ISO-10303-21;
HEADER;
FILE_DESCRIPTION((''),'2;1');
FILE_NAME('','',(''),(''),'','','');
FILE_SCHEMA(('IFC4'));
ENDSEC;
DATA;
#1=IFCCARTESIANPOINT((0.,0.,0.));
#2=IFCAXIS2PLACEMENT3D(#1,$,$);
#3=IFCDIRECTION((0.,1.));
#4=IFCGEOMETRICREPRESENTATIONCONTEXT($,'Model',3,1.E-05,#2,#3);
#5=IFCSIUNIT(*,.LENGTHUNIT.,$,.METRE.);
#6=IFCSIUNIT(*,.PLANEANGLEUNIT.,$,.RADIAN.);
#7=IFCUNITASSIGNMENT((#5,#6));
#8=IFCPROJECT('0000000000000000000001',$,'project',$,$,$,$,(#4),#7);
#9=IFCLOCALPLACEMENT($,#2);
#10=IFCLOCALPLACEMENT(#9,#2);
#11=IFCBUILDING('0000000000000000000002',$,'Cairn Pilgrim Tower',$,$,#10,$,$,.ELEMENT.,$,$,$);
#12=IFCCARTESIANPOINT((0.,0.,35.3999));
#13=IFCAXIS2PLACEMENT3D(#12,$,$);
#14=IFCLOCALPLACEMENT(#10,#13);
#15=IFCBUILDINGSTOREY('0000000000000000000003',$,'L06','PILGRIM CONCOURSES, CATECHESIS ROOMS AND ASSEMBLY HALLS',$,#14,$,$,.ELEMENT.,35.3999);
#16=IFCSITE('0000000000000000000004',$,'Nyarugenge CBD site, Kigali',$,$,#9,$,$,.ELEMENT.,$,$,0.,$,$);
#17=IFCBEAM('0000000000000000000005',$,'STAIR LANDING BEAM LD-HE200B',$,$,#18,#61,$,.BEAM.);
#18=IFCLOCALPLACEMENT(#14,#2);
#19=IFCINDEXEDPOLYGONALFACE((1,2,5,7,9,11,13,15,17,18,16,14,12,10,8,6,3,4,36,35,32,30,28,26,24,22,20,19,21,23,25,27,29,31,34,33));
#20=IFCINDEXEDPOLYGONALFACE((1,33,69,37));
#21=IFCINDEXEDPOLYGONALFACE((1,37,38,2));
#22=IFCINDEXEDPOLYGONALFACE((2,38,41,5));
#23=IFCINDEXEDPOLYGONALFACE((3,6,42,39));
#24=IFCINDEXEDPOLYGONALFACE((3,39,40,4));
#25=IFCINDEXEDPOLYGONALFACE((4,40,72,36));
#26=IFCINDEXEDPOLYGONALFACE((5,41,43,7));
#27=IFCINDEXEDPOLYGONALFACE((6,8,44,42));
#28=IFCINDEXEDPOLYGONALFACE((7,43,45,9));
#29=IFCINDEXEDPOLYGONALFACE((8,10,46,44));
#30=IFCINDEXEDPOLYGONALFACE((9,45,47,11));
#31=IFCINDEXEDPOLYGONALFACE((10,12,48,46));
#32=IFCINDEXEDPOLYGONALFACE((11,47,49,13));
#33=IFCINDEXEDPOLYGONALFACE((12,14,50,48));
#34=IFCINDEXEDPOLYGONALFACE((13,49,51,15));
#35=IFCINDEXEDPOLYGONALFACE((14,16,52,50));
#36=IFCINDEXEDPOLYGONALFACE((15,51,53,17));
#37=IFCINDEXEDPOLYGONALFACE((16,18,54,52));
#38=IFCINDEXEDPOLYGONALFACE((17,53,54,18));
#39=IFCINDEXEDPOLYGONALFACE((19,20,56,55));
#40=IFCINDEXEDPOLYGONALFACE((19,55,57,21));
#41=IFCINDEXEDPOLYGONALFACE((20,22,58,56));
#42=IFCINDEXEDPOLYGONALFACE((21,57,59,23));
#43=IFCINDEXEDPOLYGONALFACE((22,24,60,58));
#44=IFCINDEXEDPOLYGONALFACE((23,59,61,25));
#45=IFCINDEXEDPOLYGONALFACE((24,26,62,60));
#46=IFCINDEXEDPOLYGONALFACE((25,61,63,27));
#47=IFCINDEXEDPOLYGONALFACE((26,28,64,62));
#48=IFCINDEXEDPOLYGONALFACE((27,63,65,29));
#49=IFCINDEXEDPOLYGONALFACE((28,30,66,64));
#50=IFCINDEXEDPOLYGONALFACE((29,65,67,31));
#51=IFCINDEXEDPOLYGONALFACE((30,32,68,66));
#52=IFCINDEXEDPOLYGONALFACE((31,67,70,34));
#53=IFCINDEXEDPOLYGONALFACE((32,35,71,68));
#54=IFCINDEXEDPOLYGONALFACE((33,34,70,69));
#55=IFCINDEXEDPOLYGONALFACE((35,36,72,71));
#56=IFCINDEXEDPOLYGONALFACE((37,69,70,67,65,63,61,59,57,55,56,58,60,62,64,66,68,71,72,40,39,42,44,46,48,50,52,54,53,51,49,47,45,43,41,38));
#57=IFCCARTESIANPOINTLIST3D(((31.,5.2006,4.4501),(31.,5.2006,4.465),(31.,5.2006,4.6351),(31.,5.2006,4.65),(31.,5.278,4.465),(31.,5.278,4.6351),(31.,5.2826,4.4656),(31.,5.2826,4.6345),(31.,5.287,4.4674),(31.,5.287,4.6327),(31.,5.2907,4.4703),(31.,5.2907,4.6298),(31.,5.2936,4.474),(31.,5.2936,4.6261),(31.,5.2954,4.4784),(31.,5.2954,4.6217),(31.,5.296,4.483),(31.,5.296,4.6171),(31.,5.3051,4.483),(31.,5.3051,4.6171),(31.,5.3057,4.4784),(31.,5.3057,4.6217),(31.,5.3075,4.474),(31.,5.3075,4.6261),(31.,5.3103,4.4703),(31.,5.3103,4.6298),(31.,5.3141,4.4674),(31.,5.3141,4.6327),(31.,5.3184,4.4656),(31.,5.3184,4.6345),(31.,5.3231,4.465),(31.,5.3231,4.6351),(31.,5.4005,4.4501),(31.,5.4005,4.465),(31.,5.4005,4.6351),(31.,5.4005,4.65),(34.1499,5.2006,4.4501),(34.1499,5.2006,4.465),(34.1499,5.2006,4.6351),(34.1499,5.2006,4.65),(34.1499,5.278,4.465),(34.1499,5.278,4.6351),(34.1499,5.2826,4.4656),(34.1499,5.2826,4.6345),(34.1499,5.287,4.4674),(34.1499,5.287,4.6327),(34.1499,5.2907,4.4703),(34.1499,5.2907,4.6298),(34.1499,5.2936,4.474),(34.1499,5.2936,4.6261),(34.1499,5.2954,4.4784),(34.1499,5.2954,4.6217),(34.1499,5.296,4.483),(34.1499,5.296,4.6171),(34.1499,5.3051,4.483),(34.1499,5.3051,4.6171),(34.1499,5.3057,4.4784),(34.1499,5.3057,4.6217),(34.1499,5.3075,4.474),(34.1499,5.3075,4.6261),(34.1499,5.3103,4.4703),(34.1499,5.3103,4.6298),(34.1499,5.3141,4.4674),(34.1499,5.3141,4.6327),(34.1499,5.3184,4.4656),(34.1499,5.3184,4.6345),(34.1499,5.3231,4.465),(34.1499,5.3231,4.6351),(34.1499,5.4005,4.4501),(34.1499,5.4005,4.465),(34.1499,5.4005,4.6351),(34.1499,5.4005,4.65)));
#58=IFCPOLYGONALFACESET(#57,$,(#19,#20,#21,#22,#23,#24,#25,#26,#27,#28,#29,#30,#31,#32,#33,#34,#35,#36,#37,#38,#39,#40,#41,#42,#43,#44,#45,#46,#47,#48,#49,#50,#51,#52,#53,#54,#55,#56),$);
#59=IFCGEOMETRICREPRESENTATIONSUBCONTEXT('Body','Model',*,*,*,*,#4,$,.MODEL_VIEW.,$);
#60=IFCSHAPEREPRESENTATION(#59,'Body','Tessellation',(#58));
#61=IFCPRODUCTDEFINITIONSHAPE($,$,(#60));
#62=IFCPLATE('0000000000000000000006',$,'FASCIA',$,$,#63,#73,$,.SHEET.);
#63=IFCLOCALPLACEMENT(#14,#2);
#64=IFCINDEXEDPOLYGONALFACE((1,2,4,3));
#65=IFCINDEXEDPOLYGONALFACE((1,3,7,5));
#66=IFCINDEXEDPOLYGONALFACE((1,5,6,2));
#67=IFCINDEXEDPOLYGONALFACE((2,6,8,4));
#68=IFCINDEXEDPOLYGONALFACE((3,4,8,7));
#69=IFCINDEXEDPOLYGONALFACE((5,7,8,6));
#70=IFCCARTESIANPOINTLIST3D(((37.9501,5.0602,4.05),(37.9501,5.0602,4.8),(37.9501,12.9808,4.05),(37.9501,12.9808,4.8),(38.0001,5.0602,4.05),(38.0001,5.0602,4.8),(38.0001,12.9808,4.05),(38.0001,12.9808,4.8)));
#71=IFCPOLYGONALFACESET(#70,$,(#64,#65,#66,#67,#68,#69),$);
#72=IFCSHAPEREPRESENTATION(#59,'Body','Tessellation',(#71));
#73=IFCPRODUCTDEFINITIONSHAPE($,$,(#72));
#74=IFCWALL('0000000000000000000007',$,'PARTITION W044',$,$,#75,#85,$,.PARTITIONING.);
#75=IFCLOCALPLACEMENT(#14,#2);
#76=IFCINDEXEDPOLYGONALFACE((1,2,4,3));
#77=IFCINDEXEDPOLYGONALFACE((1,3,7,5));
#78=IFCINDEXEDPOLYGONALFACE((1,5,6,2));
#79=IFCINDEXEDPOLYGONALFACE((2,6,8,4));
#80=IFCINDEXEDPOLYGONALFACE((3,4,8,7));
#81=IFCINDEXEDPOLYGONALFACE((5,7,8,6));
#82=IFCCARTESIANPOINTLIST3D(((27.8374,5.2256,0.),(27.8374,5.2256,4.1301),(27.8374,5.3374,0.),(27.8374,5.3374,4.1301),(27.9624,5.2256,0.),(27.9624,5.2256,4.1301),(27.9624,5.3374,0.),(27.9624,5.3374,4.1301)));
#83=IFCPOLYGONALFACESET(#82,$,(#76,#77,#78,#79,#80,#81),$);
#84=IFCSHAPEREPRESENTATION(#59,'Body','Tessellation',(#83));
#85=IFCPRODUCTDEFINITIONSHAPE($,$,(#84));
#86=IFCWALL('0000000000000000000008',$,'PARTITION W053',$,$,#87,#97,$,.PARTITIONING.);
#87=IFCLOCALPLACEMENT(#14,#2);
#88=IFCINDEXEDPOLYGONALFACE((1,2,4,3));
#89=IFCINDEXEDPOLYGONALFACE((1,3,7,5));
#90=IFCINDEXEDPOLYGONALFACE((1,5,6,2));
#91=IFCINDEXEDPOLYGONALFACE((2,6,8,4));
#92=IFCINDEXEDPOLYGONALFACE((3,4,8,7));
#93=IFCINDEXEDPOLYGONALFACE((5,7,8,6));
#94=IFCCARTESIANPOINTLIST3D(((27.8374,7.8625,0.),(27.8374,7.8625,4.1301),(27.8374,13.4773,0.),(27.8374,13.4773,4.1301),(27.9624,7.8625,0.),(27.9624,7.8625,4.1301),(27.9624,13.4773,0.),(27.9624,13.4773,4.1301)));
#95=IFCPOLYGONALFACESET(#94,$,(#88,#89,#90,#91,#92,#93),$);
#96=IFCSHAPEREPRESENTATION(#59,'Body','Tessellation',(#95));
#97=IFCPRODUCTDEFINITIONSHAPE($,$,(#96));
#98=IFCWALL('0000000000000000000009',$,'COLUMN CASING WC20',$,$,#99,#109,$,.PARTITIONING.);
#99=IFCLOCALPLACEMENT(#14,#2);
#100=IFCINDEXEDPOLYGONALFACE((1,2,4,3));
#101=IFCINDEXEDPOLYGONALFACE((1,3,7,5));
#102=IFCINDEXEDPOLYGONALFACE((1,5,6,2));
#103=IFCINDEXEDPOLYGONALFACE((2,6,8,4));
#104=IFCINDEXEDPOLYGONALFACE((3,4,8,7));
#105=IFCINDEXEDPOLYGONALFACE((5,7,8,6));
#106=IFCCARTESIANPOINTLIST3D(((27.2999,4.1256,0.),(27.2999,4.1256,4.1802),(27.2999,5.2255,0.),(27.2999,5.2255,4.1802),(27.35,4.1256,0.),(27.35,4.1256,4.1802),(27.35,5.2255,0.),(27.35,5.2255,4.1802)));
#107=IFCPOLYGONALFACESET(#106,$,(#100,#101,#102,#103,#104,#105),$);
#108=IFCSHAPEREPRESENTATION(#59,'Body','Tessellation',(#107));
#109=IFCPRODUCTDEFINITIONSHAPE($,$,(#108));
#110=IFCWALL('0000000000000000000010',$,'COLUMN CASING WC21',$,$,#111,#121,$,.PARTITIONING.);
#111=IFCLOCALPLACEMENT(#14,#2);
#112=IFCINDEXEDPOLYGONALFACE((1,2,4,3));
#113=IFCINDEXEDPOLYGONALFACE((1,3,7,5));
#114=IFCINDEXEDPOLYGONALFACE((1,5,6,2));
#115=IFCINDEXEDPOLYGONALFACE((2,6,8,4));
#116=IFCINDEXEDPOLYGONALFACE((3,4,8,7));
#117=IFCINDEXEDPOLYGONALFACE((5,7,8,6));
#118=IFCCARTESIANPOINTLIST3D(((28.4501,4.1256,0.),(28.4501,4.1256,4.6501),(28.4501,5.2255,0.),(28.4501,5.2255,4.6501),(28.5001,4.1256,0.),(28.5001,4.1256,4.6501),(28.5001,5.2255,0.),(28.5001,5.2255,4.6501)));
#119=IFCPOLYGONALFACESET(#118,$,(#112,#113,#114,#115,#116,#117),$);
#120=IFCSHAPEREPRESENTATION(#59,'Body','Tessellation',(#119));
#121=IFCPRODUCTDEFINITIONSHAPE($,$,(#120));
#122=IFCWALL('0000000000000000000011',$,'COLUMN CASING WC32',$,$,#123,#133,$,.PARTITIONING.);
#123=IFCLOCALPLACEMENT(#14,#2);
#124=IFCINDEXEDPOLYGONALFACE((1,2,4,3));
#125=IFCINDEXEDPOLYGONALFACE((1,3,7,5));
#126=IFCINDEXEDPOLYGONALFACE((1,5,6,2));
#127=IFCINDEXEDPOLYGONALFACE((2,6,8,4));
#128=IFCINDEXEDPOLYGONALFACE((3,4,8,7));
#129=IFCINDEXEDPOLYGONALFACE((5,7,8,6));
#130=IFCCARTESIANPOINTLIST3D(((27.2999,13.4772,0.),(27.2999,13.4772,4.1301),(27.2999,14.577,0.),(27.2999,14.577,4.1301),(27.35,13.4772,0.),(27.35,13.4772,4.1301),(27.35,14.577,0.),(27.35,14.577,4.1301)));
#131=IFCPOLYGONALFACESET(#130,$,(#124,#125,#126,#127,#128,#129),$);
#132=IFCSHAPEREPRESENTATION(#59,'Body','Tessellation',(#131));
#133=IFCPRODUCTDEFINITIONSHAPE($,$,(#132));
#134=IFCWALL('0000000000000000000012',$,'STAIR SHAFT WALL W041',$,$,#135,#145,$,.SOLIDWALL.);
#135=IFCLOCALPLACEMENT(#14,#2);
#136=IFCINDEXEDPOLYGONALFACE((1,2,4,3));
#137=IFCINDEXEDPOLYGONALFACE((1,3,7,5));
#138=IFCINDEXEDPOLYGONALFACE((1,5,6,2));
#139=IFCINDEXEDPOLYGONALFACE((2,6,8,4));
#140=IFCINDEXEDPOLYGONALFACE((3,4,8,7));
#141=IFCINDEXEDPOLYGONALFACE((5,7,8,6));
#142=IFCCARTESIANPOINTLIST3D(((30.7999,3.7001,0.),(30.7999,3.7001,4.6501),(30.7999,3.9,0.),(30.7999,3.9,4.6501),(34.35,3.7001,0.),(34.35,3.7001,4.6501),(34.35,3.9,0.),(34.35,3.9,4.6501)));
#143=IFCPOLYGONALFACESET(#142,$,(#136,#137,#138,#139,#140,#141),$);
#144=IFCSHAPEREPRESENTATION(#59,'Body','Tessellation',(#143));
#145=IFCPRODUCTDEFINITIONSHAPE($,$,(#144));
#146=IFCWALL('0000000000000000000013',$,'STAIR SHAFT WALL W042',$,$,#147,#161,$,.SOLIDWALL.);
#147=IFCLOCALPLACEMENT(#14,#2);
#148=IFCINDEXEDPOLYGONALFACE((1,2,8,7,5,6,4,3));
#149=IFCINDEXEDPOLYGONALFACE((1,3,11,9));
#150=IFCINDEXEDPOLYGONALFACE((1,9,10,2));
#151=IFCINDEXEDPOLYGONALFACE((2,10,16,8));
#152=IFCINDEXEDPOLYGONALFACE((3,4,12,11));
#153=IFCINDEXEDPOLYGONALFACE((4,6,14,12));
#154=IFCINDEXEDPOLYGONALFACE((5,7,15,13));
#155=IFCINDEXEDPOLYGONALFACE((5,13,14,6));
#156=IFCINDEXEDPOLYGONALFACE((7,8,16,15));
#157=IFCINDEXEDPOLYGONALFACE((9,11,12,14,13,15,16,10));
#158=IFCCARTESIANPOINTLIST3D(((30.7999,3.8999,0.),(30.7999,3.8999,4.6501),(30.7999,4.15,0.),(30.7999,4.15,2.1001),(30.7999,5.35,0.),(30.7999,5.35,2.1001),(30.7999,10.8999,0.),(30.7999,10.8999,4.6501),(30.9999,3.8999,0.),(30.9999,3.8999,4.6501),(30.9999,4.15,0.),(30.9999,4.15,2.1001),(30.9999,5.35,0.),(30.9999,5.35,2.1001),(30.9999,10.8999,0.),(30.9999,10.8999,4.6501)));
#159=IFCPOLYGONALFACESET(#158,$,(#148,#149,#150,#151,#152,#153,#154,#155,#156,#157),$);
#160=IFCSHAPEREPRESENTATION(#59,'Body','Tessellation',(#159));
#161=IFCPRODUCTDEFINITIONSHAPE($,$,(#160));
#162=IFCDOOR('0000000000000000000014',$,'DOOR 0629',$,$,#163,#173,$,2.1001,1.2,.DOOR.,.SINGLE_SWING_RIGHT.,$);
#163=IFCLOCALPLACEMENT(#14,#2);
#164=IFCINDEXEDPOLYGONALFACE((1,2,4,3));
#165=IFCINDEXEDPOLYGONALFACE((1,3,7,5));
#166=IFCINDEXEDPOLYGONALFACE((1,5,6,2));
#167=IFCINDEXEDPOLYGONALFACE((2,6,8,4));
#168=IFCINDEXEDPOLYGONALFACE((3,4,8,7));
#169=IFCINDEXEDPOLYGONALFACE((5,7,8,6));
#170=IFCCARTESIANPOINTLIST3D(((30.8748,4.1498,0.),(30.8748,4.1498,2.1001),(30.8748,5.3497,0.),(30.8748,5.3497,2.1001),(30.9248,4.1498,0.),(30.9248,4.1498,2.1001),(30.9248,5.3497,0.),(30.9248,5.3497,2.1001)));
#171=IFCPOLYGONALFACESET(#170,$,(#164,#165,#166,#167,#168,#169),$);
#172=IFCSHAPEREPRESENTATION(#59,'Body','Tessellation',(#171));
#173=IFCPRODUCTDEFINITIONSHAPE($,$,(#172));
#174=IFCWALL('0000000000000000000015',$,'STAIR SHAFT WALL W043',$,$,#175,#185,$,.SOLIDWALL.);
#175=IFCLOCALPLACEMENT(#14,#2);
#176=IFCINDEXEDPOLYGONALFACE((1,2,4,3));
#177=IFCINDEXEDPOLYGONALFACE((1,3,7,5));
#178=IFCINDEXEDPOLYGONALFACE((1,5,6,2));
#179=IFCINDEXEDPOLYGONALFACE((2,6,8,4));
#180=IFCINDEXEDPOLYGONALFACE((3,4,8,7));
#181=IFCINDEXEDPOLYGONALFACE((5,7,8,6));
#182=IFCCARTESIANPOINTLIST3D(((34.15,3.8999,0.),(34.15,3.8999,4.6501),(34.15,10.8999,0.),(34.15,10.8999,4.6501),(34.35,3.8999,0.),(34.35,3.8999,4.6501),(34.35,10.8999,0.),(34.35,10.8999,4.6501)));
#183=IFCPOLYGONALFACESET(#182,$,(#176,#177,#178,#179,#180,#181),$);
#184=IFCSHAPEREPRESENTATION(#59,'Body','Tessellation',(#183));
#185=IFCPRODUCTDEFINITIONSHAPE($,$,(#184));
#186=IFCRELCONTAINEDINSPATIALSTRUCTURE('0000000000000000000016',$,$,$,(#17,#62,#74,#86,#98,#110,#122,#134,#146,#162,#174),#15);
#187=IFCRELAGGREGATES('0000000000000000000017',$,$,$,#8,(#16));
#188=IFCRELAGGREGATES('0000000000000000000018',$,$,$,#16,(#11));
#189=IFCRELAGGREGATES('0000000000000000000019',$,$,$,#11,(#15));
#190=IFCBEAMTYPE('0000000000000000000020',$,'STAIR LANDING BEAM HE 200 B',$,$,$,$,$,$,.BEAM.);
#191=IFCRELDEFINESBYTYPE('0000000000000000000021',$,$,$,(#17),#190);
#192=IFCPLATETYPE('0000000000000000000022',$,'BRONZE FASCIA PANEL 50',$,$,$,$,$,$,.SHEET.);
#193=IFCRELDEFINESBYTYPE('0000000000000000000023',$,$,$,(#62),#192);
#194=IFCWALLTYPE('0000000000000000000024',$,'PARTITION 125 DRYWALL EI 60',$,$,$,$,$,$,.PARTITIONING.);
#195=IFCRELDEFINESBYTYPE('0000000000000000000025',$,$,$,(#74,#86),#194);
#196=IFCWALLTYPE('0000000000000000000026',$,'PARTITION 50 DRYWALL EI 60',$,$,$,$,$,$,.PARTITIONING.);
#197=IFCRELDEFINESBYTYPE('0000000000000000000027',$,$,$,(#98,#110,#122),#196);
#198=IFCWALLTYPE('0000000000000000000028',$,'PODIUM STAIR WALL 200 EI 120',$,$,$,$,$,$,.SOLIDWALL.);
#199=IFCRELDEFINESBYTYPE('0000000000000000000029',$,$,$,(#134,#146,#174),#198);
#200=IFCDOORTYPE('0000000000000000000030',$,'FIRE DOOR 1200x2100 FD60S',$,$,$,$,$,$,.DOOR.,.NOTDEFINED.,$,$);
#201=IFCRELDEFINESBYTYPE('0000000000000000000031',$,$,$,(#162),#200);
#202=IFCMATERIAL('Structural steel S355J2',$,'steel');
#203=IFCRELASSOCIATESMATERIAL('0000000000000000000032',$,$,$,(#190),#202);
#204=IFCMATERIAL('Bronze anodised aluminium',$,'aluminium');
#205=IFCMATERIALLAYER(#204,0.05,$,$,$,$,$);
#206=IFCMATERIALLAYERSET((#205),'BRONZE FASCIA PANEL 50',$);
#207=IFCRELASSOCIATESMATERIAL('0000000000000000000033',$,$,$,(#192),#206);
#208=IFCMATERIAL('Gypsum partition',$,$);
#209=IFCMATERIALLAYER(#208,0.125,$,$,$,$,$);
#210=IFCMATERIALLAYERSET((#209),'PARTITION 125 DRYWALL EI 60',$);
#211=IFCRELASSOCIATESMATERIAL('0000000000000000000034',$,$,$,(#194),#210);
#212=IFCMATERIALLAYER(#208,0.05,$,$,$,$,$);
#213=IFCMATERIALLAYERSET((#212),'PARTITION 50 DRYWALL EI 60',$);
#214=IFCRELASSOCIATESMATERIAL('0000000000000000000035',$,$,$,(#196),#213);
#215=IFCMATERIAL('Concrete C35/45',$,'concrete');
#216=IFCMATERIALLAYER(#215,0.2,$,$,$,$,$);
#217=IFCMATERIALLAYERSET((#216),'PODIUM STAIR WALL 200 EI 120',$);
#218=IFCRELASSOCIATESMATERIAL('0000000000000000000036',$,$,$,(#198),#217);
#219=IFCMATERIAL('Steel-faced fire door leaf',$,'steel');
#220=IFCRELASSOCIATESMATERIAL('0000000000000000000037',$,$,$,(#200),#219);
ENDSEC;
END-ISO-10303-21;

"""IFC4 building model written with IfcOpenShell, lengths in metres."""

from ifc_helpers import new_model, si_unit, direction, frame, frame_2d, origin, origin_2d, place, context, subcontext, project, spatial, rectangle, i_section, extrude, material, layer, layer_set, material_profile, profile_set, type_object, element, fill, save


model = new_model("IFC4")

# Units and contexts
model_context = context("Model", 3, precision=1e-05, world=origin(), true_north=direction((0.0, 1.0)))
body_context = subcontext(model_context, "Body", "Model", "MODEL_VIEW")
ifc_project = project(units=[si_unit("LENGTHUNIT", "METRE"), si_unit("PLANEANGLEUNIT", "RADIAN")], contexts=[model_context])

# Site, building, storey
site_placement = place(None, origin())
site = spatial("IfcSite", under=ifc_project, at=site_placement, Name="Nyarugenge CBD site, Kigali", CompositionType="ELEMENT", RefElevation=0.0)
building_placement = place(site_placement, origin())
building = spatial("IfcBuilding", under=site, at=building_placement, Name="Cairn Pilgrim Tower", CompositionType="ELEMENT")
storey_placement = place(building_placement, frame((0.0, 0.0, 35.3999)))
storey = spatial("IfcBuildingStorey", under=building, at=storey_placement, Name="L06", Description="PILGRIM CONCOURSES, CATECHESIS ROOMS AND ASSEMBLY HALLS", CompositionType="ELEMENT", Elevation=35.3999)

# Shared definitions
ifc_material_1 = material(Name="Structural steel S355J2", Category="steel")

# Beam
ifc_material_profile_1 = material_profile(ifc_material_1, i_section(OverallWidth=0.2, OverallDepth=0.2, WebThickness=0.009, FlangeThickness=0.0149, FilletRadius=0.0181, at=origin_2d()), Name="HE 200 B")
ifc_profile_set_1 = profile_set([ifc_material_profile_1], Name="Structural steel S355J2")
beam_type_1 = type_object("IfcBeamType", Name="STAIR LANDING BEAM HE 200 B", PredefinedType="BEAM", material=ifc_profile_set_1)
beam_1_placement = place(storey_placement, frame((31.0, 5.3005, 4.55), z_axis=(1.0, 0.0, 0.0), x_axis=(0.0, 1.0, 0.0)))
element("IfcBeam", 1, at=beam_1_placement, inside=storey, type_object=beam_type_1, Name="STAIR LANDING BEAM LD-HE200B", PredefinedType="BEAM", context=body_context, shape_type="SweptSolid", body=[
    extrude(i_section(OverallWidth=0.2, OverallDepth=0.2, WebThickness=0.009, FlangeThickness=0.0149, FilletRadius=0.0181, at=origin_2d()), origin(), (0.0, 0.0, 1.0), 3.1499),
])

# Plate
ifc_material_2 = material(Name="Bronze anodised aluminium", Category="aluminium")
ifc_layer_1 = layer(ifc_material_2, 0.05)
ifc_layer_set_1 = layer_set([ifc_layer_1], Name="BRONZE FASCIA PANEL 50")
plate_type = type_object("IfcPlateType", Name="BRONZE FASCIA PANEL 50", PredefinedType="SHEET", material=ifc_layer_set_1)
plate_placement = place(storey_placement, frame((37.9751, 9.0205, 4.05), z_axis=(0.0, 0.0, 1.0), x_axis=(0.0, 1.0, 0.0)))
element("IfcPlate", 2, at=plate_placement, inside=storey, type_object=plate_type, Name="FASCIA", PredefinedType="SHEET", context=body_context, shape_type="SweptSolid", body=[
    extrude(rectangle(XDim=7.9207, YDim=0.05, at=origin_2d()), origin(), (0.0, 0.0, 1.0), 0.75),
])

# Walls
ifc_material_3 = material(Name="Gypsum partition")
ifc_layer_2 = layer(ifc_material_3, 0.125)
ifc_layer_set_2 = layer_set([ifc_layer_2], Name="PARTITION 125 DRYWALL EI 60")
wall_type_1 = type_object("IfcWallType", Name="PARTITION 125 DRYWALL EI 60", PredefinedType="PARTITIONING", material=ifc_layer_set_2)
wall_1_placement = place(storey_placement, frame((27.8999, 5.2256, 0.0), z_axis=(0.0, 0.0, 1.0), x_axis=(0.0, 1.0, 0.0)))
element("IfcWall", 3, at=wall_1_placement, inside=storey, type_object=wall_type_1, Name="PARTITION W044", PredefinedType="PARTITIONING", context=body_context, shape_type="SweptSolid", body=[
    extrude(rectangle(XDim=0.1118, YDim=0.125, at=frame_2d((0.0559, 0.0))), origin(), (0.0, 0.0, 1.0), 4.1301),
])
wall_2_placement = place(storey_placement, frame((27.8999, 7.8625, 0.0), z_axis=(0.0, 0.0, 1.0), x_axis=(0.0, 1.0, 0.0)))
element("IfcWall", 4, at=wall_2_placement, inside=storey, type_object=wall_type_1, Name="PARTITION W053", PredefinedType="PARTITIONING", context=body_context, shape_type="SweptSolid", body=[
    extrude(rectangle(XDim=5.6147, YDim=0.125, at=frame_2d((2.8074, 0.0))), origin(), (0.0, 0.0, 1.0), 4.1301),
])
ifc_layer_3 = layer(ifc_material_3, 0.05)
ifc_layer_set_3 = layer_set([ifc_layer_3], Name="PARTITION 50 DRYWALL EI 60")
wall_type_2 = type_object("IfcWallType", Name="PARTITION 50 DRYWALL EI 60", PredefinedType="PARTITIONING", material=ifc_layer_set_3)
wall_3_placement = place(storey_placement, frame((27.325, 4.1257, 0.0), z_axis=(0.0, 0.0, 1.0), x_axis=(0.0, 1.0, 0.0)))
element("IfcWall", 5, at=wall_3_placement, inside=storey, type_object=wall_type_2, Name="COLUMN CASING WC20", PredefinedType="PARTITIONING", context=body_context, shape_type="SweptSolid", body=[
    extrude(rectangle(XDim=1.0999, YDim=0.05, at=frame_2d((0.5498, 0.0))), origin(), (0.0, 0.0, 1.0), 4.1802),
])
wall_4_placement = place(storey_placement, frame((28.4751, 4.1257, 0.0), z_axis=(0.0, 0.0, 1.0), x_axis=(0.0, 1.0, 0.0)))
element("IfcWall", 6, at=wall_4_placement, inside=storey, type_object=wall_type_2, Name="COLUMN CASING WC21", PredefinedType="PARTITIONING", context=body_context, shape_type="SweptSolid", body=[
    extrude(rectangle(XDim=1.0999, YDim=0.05, at=frame_2d((0.5498, 0.0))), origin(), (0.0, 0.0, 1.0), 4.6501),
])
wall_5_placement = place(storey_placement, frame((27.325, 13.4773, 0.0), z_axis=(0.0, 0.0, 1.0), x_axis=(0.0, 1.0, 0.0)))
element("IfcWall", 7, at=wall_5_placement, inside=storey, type_object=wall_type_2, Name="COLUMN CASING WC32", PredefinedType="PARTITIONING", context=body_context, shape_type="SweptSolid", body=[
    extrude(rectangle(XDim=1.0999, YDim=0.05, at=frame_2d((0.5498, 0.0))), origin(), (0.0, 0.0, 1.0), 4.1301),
])
ifc_material_4 = material(Name="Concrete C35/45", Category="concrete")
ifc_layer_4 = layer(ifc_material_4, 0.2)
ifc_layer_set_4 = layer_set([ifc_layer_4], Name="PODIUM STAIR WALL 200 EI 120")
wall_type_3 = type_object("IfcWallType", Name="PODIUM STAIR WALL 200 EI 120", PredefinedType="SOLIDWALL", material=ifc_layer_set_4)
wall_6_placement = place(storey_placement, frame((30.8, 3.8, 0.0), z_axis=(0.0, 0.0, 1.0), x_axis=(1.0, 0.0, 0.0)))
element("IfcWall", 8, at=wall_6_placement, inside=storey, type_object=wall_type_3, Name="STAIR SHAFT WALL W041", PredefinedType="SOLIDWALL", context=body_context, shape_type="SweptSolid", body=[
    extrude(rectangle(XDim=3.55, YDim=0.2, at=frame_2d((1.7749, 0.0))), origin(), (0.0, 0.0, 1.0), 4.6501),
])

# Wall, opening, door
wall_7_placement = place(storey_placement, frame((30.8999, 3.8999, 0.0), z_axis=(0.0, 0.0, 1.0), x_axis=(0.0, 1.0, 0.0)))
wall_7 = element("IfcWall", 9, at=wall_7_placement, inside=storey, type_object=wall_type_3, Name="STAIR SHAFT WALL W042", PredefinedType="SOLIDWALL", context=body_context, shape_type="SweptSolid", body=[
    extrude(rectangle(XDim=7.0, YDim=0.2, at=frame_2d((3.5, 0.0))), origin(), (0.0, 0.0, 1.0), 4.6501),
])
opening_1_placement = place(wall_7_placement, frame((0.25, 0.0, 0.0)))
opening_1 = element("IfcOpeningElement", 10, at=opening_1_placement, cuts=wall_7, PredefinedType="OPENING", context=body_context, shape_type="SweptSolid", body=[
    extrude(rectangle(XDim=1.2, YDim=2.1001, at=frame_2d((0.6001, 1.05))), frame((0.0, 0.1099, 0.0), z_axis=(0.0, -1.0, 0.0), x_axis=(1.0, 0.0, 0.0)), (0.0, 0.0, 1.0), 0.22),
])
ifc_material_5 = material(Name="Steel-faced fire door leaf", Category="steel")
door_type = type_object("IfcDoorType", Name="FIRE DOOR 1200x2100 FD60S", OperationType="NOTDEFINED", PredefinedType="DOOR", material=ifc_material_5)
door_placement = place(opening_1_placement, frame((1.2, 0.0, 0.0), z_axis=(0.0, 0.0, 1.0), x_axis=(-1.0, 0.0, 0.0)))
door = element("IfcDoor", 11, at=door_placement, inside=storey, type_object=door_type, Name="DOOR 0629", OperationType="SINGLE_SWING_RIGHT", OverallHeight=2.1001, OverallWidth=1.2, PredefinedType="DOOR", context=body_context, shape_type="SweptSolid", body=[
    extrude(rectangle(XDim=1.2, YDim=2.1001, at=frame_2d((0.6001, 1.05))), frame((0.0, 0.0249, 0.0), z_axis=(0.0, -1.0, 0.0), x_axis=(1.0, 0.0, 0.0)), (0.0, 0.0, 1.0), 0.05),
])
fill(opening_1, door)

# Wall
wall_8_placement = place(storey_placement, frame((34.25, 3.8999, 0.0), z_axis=(0.0, 0.0, 1.0), x_axis=(0.0, 1.0, 0.0)))
element("IfcWall", 12, at=wall_8_placement, inside=storey, type_object=wall_type_3, Name="STAIR SHAFT WALL W043", PredefinedType="SOLIDWALL", context=body_context, shape_type="SweptSolid", body=[
    extrude(rectangle(XDim=7.0, YDim=0.2, at=frame_2d((3.5, 0.0))), origin(), (0.0, 0.0, 1.0), 4.6501),
])

save(model, "model.ifc")
